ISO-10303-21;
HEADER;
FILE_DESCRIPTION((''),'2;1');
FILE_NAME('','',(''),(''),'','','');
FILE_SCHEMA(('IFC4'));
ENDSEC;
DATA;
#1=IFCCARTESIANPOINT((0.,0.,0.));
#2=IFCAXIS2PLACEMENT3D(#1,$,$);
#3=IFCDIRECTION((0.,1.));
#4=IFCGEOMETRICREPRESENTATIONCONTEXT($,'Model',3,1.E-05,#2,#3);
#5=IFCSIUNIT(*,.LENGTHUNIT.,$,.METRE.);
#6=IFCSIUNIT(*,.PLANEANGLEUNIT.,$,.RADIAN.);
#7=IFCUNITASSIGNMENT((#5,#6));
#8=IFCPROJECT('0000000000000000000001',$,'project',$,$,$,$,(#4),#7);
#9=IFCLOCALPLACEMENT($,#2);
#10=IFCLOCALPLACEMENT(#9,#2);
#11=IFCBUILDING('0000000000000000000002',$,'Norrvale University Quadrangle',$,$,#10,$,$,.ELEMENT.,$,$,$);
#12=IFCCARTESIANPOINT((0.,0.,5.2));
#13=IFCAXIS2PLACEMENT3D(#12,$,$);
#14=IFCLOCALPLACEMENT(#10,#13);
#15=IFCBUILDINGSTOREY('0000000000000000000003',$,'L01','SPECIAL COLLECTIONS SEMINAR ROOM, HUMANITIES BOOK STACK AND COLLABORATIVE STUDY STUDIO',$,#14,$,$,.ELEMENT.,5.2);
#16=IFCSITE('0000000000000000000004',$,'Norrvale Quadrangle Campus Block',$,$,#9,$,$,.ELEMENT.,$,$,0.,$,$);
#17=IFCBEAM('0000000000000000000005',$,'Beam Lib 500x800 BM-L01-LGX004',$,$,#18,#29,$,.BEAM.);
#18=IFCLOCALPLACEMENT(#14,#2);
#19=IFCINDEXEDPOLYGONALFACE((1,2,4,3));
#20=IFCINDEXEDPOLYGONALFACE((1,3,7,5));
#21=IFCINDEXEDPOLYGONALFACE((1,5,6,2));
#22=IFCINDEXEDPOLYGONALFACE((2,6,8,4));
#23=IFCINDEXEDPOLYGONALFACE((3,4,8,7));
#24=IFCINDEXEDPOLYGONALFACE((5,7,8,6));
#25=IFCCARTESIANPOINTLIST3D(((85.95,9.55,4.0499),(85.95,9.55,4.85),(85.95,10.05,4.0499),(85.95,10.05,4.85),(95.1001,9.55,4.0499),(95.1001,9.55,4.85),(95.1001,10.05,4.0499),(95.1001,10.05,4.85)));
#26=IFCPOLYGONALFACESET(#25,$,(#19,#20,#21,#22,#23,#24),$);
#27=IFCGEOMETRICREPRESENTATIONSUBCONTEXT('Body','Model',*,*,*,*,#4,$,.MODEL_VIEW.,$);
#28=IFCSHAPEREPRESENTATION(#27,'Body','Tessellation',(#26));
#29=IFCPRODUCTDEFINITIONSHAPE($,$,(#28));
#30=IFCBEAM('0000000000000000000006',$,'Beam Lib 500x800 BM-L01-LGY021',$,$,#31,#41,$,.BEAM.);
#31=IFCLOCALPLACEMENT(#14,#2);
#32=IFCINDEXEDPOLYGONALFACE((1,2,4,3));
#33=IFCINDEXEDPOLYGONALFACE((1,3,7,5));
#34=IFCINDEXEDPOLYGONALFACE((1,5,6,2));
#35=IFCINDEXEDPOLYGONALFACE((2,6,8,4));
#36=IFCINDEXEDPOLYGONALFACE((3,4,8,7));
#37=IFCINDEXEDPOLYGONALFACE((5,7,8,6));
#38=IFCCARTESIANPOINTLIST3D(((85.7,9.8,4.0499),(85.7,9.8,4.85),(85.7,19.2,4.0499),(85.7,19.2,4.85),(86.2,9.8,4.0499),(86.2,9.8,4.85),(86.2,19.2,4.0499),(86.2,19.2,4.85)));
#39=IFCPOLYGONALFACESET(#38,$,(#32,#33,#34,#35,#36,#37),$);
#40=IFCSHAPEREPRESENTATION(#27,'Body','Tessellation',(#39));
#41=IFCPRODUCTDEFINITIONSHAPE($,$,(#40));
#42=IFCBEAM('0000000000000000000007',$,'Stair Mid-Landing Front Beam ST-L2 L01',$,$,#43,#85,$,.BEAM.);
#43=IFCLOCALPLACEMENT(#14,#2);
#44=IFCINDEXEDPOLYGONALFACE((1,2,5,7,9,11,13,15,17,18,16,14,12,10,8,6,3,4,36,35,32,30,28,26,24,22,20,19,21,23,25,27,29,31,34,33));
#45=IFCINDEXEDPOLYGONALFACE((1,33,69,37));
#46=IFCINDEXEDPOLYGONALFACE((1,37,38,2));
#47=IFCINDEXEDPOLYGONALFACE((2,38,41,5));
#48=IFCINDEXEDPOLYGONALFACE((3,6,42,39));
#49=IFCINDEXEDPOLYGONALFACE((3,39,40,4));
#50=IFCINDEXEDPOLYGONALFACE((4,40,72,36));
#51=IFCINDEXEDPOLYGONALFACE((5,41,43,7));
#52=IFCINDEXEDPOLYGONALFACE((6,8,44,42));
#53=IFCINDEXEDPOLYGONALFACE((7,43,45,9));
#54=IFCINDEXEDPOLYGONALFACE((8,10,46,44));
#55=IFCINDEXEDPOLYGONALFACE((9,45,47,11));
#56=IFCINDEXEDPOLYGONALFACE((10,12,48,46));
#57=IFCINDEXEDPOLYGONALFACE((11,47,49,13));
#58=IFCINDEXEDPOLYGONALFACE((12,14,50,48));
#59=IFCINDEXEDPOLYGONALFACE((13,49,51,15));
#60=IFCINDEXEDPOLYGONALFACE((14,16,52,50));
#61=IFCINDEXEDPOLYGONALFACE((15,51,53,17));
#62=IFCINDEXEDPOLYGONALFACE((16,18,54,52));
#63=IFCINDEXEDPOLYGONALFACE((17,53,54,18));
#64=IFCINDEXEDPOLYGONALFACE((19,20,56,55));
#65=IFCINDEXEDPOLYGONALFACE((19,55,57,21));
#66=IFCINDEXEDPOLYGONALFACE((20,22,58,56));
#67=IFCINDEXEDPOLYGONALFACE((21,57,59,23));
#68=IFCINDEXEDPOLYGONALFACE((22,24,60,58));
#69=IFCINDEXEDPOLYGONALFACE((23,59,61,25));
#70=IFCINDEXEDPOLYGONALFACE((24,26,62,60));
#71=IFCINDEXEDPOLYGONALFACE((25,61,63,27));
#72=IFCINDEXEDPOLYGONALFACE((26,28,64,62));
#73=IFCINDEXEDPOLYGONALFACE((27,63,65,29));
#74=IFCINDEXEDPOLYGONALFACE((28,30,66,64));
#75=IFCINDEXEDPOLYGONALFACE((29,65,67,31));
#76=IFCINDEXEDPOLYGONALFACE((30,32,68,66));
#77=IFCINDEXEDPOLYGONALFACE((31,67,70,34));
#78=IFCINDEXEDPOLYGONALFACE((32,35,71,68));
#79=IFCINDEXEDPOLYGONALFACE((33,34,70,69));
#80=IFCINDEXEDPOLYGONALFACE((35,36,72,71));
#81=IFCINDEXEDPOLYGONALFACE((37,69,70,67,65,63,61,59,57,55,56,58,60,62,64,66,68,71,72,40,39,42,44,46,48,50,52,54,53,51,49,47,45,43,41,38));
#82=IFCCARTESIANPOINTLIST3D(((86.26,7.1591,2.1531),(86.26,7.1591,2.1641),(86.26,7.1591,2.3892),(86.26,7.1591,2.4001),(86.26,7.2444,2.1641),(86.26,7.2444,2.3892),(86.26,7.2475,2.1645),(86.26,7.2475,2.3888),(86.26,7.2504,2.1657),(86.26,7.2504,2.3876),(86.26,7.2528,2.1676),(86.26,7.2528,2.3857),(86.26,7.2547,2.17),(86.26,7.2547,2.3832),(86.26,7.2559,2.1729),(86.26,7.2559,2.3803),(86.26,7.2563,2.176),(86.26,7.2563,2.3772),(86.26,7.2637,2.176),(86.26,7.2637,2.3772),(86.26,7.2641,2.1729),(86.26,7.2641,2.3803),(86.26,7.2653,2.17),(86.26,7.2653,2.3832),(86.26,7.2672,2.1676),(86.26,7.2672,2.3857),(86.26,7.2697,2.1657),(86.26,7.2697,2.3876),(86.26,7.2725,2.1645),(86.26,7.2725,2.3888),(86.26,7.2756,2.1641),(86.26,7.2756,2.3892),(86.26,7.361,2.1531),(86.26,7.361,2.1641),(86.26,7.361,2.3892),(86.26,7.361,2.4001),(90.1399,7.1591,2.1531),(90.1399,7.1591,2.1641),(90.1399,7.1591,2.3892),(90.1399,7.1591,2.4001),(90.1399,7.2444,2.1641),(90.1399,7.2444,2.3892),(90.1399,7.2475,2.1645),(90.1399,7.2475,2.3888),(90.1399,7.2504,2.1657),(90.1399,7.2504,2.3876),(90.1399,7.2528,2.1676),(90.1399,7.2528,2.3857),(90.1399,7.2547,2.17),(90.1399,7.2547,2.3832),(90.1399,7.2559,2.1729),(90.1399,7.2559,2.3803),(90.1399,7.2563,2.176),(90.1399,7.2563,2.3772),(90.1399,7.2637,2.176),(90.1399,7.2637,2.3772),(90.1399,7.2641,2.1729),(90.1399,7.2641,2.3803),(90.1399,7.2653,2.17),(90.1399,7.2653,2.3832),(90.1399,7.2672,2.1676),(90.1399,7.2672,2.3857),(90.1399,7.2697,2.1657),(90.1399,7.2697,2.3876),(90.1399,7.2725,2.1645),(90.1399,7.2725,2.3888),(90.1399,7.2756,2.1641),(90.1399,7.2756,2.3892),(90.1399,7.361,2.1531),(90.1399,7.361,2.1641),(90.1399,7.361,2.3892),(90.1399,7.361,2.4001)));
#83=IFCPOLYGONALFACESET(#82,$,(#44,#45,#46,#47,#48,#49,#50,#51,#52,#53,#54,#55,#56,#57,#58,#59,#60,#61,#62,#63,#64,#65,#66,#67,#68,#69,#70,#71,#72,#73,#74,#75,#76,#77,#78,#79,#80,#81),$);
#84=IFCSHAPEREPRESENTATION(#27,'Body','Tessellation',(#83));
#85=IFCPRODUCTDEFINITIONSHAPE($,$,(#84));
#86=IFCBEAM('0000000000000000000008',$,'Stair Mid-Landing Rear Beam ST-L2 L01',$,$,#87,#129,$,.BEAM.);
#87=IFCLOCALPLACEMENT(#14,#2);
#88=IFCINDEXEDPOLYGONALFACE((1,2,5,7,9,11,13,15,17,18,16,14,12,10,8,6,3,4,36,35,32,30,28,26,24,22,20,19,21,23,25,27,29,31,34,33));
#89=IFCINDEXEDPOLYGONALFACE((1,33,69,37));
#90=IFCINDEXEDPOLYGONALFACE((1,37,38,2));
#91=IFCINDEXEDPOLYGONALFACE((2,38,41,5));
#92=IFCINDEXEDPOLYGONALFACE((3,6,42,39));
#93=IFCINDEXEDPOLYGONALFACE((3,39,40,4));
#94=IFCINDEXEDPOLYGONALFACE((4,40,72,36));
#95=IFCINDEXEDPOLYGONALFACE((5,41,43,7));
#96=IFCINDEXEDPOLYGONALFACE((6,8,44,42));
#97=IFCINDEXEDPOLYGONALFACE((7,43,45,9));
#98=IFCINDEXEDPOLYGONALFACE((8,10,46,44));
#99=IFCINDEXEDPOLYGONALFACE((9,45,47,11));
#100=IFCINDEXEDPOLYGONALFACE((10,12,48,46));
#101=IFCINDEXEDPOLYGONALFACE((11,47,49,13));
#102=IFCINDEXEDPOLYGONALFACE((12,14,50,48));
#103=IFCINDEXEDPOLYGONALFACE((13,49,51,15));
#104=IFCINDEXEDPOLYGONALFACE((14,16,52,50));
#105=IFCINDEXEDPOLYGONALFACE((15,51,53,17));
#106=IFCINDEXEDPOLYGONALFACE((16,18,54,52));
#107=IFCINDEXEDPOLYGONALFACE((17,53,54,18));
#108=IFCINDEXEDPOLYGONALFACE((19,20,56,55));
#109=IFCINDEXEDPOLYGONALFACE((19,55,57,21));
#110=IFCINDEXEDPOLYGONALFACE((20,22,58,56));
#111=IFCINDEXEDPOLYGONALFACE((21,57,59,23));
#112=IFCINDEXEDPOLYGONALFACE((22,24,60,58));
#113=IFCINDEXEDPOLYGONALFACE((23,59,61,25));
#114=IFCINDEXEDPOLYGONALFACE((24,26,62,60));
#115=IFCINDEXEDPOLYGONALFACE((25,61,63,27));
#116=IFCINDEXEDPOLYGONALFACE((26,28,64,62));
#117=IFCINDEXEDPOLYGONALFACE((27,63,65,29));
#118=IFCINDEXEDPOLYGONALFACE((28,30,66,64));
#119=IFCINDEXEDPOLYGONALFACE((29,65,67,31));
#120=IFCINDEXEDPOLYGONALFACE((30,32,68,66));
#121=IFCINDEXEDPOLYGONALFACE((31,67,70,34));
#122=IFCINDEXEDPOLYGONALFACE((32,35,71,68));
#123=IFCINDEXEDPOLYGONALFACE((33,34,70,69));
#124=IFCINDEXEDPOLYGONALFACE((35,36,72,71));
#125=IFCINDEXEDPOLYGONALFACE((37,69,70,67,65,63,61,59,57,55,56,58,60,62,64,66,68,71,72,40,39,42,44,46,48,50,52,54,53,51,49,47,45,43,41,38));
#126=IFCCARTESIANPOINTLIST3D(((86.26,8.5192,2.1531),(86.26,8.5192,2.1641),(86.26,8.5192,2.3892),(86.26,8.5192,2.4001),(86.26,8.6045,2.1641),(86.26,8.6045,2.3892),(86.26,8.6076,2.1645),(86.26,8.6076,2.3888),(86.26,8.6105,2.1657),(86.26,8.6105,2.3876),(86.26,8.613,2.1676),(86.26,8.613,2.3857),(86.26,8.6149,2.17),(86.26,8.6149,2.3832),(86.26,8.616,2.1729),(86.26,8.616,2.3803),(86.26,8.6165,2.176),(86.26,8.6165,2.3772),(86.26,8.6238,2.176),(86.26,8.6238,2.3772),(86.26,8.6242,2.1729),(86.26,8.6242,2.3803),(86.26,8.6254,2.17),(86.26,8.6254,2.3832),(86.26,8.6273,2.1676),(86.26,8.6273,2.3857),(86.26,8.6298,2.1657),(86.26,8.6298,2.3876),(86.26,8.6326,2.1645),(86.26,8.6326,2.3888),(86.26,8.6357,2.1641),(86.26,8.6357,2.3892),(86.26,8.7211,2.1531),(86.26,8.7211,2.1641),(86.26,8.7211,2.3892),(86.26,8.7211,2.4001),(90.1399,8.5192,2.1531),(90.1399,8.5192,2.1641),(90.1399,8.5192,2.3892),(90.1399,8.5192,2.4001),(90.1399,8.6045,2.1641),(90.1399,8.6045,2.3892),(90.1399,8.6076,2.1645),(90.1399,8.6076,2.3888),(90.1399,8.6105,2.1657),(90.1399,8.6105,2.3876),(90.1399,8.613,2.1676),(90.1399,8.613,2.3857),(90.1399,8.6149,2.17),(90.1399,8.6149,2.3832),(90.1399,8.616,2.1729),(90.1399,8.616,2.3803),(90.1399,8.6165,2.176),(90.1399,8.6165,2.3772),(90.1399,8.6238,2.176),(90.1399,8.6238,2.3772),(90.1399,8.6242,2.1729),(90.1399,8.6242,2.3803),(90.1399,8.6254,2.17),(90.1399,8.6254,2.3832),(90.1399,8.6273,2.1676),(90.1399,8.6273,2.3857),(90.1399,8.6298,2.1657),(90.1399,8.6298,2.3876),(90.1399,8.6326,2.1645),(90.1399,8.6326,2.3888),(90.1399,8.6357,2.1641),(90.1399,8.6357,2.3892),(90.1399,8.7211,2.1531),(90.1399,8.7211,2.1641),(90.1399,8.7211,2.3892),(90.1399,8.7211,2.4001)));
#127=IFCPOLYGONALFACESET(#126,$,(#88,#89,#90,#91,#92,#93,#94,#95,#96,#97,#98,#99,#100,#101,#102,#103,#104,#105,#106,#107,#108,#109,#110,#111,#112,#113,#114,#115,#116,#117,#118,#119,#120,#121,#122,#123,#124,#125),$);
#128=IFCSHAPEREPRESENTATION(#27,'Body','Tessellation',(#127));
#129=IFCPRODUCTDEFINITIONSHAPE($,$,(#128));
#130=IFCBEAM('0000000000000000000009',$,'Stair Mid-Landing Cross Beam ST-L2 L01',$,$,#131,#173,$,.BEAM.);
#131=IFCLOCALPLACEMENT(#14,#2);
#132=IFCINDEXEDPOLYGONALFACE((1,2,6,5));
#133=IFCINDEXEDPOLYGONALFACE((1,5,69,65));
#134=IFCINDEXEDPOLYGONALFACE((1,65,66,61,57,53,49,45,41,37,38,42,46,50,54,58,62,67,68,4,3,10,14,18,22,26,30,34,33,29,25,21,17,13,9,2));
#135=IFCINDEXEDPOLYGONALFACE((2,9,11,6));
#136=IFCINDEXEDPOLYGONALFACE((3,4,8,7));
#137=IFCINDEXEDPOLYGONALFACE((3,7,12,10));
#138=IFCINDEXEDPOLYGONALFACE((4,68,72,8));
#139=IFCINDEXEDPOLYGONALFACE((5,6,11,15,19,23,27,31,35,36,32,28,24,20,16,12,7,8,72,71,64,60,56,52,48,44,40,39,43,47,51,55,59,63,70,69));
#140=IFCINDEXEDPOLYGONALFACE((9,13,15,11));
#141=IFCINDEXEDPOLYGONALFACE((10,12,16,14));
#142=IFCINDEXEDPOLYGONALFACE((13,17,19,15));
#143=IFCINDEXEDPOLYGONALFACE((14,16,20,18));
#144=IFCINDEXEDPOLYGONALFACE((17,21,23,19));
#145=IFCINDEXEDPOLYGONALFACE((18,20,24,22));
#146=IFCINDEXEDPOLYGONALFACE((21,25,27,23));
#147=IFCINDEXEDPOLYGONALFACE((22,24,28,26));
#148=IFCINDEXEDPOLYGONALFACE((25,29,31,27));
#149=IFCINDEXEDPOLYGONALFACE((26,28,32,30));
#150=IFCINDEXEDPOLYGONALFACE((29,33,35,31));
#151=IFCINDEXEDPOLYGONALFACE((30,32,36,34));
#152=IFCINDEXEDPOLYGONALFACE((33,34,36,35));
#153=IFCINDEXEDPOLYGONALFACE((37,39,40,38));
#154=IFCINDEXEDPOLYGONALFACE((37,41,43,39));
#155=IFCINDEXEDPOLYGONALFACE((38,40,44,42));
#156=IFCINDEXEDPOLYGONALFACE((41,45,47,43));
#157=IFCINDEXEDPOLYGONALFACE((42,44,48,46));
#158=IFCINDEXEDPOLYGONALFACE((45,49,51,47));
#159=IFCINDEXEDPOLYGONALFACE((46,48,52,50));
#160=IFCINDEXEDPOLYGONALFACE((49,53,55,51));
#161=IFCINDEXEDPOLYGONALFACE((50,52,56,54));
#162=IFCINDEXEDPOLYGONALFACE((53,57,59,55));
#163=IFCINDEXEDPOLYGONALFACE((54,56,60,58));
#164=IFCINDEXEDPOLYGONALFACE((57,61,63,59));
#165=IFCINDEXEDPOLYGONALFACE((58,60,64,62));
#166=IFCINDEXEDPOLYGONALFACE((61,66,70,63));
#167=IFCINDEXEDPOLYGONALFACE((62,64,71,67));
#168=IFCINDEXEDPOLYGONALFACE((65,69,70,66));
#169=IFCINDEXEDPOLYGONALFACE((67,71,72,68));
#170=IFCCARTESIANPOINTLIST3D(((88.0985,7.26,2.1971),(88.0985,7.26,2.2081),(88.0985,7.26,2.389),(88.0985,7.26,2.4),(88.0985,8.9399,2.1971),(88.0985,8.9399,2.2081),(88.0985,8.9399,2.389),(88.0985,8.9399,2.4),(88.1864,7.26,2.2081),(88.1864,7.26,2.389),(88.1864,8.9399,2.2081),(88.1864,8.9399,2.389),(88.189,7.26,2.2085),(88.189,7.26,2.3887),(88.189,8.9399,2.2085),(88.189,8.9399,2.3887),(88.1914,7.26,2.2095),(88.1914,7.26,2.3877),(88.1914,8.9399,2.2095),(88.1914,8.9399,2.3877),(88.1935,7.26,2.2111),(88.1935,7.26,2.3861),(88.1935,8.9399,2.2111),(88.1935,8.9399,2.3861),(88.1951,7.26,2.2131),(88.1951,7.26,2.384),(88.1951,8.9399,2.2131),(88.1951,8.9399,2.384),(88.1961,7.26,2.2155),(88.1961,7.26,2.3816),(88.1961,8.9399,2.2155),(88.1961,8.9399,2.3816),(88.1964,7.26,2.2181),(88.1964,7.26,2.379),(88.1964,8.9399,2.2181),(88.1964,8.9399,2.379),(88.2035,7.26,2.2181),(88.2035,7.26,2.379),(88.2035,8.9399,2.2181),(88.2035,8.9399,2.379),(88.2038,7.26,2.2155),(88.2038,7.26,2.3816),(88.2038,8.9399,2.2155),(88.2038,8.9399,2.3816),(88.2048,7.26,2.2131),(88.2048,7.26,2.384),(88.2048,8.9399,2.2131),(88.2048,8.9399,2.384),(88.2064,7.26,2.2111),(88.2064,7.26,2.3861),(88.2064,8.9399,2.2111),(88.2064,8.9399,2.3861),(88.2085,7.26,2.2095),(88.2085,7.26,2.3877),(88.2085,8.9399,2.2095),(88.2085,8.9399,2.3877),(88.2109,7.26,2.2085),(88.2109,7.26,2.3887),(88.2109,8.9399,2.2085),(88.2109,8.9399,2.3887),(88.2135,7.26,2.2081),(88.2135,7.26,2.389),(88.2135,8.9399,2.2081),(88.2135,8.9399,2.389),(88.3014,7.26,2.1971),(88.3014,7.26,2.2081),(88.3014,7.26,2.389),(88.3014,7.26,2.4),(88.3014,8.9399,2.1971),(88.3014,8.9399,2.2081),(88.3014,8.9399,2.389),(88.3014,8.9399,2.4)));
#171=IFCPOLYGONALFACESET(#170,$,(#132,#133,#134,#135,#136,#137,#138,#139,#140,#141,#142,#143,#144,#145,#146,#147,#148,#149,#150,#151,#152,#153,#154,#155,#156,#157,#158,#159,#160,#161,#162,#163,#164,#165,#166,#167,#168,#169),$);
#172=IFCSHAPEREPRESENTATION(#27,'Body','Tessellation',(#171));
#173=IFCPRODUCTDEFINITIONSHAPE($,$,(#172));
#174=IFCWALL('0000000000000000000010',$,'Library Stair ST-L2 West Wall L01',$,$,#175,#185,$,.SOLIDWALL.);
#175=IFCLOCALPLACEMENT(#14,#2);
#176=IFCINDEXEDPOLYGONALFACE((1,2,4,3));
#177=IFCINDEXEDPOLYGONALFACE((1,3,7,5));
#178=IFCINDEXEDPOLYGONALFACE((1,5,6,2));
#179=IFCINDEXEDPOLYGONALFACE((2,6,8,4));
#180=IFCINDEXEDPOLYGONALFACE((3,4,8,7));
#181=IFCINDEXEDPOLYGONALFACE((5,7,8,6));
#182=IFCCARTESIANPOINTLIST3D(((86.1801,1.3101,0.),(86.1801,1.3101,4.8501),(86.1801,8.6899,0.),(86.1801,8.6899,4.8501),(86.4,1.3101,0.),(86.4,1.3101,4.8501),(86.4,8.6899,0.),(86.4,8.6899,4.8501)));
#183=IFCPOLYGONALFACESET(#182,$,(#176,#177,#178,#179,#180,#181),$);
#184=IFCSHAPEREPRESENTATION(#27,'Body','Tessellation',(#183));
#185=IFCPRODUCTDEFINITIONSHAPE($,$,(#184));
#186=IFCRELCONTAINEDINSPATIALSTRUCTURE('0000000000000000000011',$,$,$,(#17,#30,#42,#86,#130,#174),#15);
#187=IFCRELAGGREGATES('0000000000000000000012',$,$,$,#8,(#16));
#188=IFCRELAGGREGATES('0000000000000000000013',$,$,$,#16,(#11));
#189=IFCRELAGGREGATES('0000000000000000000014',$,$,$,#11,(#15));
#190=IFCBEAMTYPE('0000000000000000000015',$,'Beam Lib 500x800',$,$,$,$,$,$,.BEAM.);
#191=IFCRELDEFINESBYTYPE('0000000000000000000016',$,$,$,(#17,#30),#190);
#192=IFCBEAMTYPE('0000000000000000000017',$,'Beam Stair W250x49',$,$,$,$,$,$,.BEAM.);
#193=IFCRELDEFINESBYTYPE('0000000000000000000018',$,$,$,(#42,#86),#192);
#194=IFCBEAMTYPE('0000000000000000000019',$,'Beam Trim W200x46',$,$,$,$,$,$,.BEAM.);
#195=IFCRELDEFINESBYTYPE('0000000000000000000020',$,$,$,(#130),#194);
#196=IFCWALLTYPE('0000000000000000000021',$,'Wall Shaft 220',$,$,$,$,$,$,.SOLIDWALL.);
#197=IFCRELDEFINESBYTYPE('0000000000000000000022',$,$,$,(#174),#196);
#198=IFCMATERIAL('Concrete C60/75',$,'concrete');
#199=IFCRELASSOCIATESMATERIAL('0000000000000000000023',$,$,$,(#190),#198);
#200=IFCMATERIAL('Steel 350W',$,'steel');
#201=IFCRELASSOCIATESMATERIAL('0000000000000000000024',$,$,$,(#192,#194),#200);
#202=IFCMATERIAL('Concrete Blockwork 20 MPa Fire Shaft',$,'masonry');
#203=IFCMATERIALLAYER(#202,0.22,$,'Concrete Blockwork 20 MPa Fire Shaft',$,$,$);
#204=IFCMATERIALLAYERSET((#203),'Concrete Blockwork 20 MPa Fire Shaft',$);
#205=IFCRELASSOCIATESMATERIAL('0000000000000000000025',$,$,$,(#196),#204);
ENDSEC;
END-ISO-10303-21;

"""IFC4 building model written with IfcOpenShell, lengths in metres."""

from ifc_helpers import new_model, si_unit, direction, frame, frame_2d, origin, origin_2d, place, context, subcontext, project, spatial, rectangle, i_section, extrude, material, layer, layer_set, material_profile, profile_set, type_object, element, save


model = new_model("IFC4")

# Units and contexts
model_context = context("Model", 3, precision=1e-05, world=origin(), true_north=direction((0.0, 1.0)))
body_context = subcontext(model_context, "Body", "Model", "MODEL_VIEW")
ifc_project = project(units=[si_unit("LENGTHUNIT", "METRE"), si_unit("PLANEANGLEUNIT", "RADIAN")], contexts=[model_context])

# Site, building, storey
site_placement = place(None, origin())
site = spatial("IfcSite", under=ifc_project, at=site_placement, Name="Norrvale Quadrangle Campus Block", CompositionType="ELEMENT", RefElevation=0.0)
building_placement = place(site_placement, origin())
building = spatial("IfcBuilding", under=site, at=building_placement, Name="Norrvale University Quadrangle", CompositionType="ELEMENT")
storey_placement = place(building_placement, frame((0.0, 0.0, 5.2)))
storey = spatial("IfcBuildingStorey", under=building, at=storey_placement, Name="L01", Description="SPECIAL COLLECTIONS SEMINAR ROOM, HUMANITIES BOOK STACK AND COLLABORATIVE STUDY STUDIO", CompositionType="ELEMENT", Elevation=5.2)

# Beams
ifc_material_1 = material(Name="Concrete C60/75", Category="concrete")
ifc_material_profile_1 = material_profile(ifc_material_1, rectangle(XDim=0.5, YDim=0.8, at=origin_2d()), Name="Concrete C60/75")
ifc_profile_set_1 = profile_set([ifc_material_profile_1], Name="Concrete C60/75")
beam_type_1 = type_object("IfcBeamType", Name="Beam Lib 500x800", PredefinedType="BEAM", material=ifc_profile_set_1)
beam_1_placement = place(storey_placement, frame((85.95, 9.8, 4.45), z_axis=(1.0, 0.0, 0.0), x_axis=(0.0, 1.0, 0.0)))
element("IfcBeam", 1, at=beam_1_placement, inside=storey, type_object=beam_type_1, Name="Beam Lib 500x800 BM-L01-LGX004", PredefinedType="BEAM", context=body_context, shape_type="SweptSolid", body=[
    extrude(rectangle(XDim=0.5, YDim=0.8, at=origin_2d()), origin(), (0.0, 0.0, 1.0), 9.1501),
])
beam_2_placement = place(storey_placement, frame((85.95, 9.8, 4.45), z_axis=(0.0, 1.0, 0.0), x_axis=(-1.0, 0.0, 0.0)))
element("IfcBeam", 2, at=beam_2_placement, inside=storey, type_object=beam_type_1, Name="Beam Lib 500x800 BM-L01-LGY021", PredefinedType="BEAM", context=body_context, shape_type="SweptSolid", body=[
    extrude(rectangle(XDim=0.5, YDim=0.8, at=origin_2d()), origin(), (0.0, 0.0, 1.0), 9.3999),
])
ifc_material_2 = material(Name="Steel 350W", Category="steel")
ifc_material_profile_2 = material_profile(ifc_material_2, i_section(OverallWidth=0.2019, OverallDepth=0.2471, WebThickness=0.0073, FlangeThickness=0.011, FilletRadius=0.012, at=origin_2d()), Name="Steel 350W")
ifc_profile_set_2 = profile_set([ifc_material_profile_2], Name="Steel 350W")
beam_type_2 = type_object("IfcBeamType", Name="Beam Stair W250x49", PredefinedType="BEAM", material=ifc_profile_set_2)
for number, where, z_axis, x_axis, name in (
    (3, (86.26, 7.26, 2.2766), (1.0, 0.0, 0.0), (0.0, 1.0, 0.0), "Stair Mid-Landing Front Beam ST-L2 L01"),
    (4, (86.26, 8.6201, 2.2766), (1.0, 0.0, 0.0), (0.0, 1.0, 0.0), "Stair Mid-Landing Rear Beam ST-L2 L01"),
):
    element("IfcBeam", number, at=place(storey_placement, frame(where, z_axis=z_axis, x_axis=x_axis)), inside=storey, type_object=beam_type_2, Name=name, PredefinedType="BEAM", context=body_context, shape_type="SweptSolid", body=[
        extrude(i_section(OverallWidth=0.2019, OverallDepth=0.2471, WebThickness=0.0073, FlangeThickness=0.011, FilletRadius=0.012, at=origin_2d()), origin(), (0.0, 0.0, 1.0), 3.8799),
    ])
ifc_material_profile_3 = material_profile(ifc_material_2, i_section(OverallWidth=0.2029, OverallDepth=0.2029, WebThickness=0.0071, FlangeThickness=0.011, FilletRadius=0.01, at=origin_2d()), Name="Steel 350W")
ifc_profile_set_3 = profile_set([ifc_material_profile_3], Name="Steel 350W")
beam_type_3 = type_object("IfcBeamType", Name="Beam Trim W200x46", PredefinedType="BEAM", material=ifc_profile_set_3)
beam_3_placement = place(storey_placement, frame((88.2, 7.26, 2.2986), z_axis=(0.0, 1.0, 0.0), x_axis=(-1.0, 0.0, 0.0)))
element("IfcBeam", 5, at=beam_3_placement, inside=storey, type_object=beam_type_3, Name="Stair Mid-Landing Cross Beam ST-L2 L01", PredefinedType="BEAM", context=body_context, shape_type="SweptSolid", body=[
    extrude(i_section(OverallWidth=0.2029, OverallDepth=0.2029, WebThickness=0.0071, FlangeThickness=0.011, FilletRadius=0.01, at=origin_2d()), origin(), (0.0, 0.0, 1.0), 1.6799),
])

# Wall
ifc_material_3 = material(Name="Concrete Blockwork 20 MPa Fire Shaft", Category="masonry")
ifc_layer = layer(ifc_material_3, 0.22, Name="Concrete Blockwork 20 MPa Fire Shaft")
ifc_layer_set = layer_set([ifc_layer], Name="Concrete Blockwork 20 MPa Fire Shaft")
wall_type = type_object("IfcWallType", Name="Wall Shaft 220", PredefinedType="SOLIDWALL", material=ifc_layer_set)
wall_placement = place(storey_placement, frame((86.29, 1.3101, 0.0), z_axis=(0.0, 0.0, 1.0), x_axis=(0.0, 1.0, 0.0)))
element("IfcWall", 6, at=wall_placement, inside=storey, type_object=wall_type, Name="Library Stair ST-L2 West Wall L01", PredefinedType="SOLIDWALL", context=body_context, shape_type="SweptSolid", body=[
    extrude(rectangle(XDim=7.3799, YDim=0.22, at=frame_2d((3.6899, 0.0))), origin(), (0.0, 0.0, 1.0), 4.8501),
])

save(model, "model.ifc")
